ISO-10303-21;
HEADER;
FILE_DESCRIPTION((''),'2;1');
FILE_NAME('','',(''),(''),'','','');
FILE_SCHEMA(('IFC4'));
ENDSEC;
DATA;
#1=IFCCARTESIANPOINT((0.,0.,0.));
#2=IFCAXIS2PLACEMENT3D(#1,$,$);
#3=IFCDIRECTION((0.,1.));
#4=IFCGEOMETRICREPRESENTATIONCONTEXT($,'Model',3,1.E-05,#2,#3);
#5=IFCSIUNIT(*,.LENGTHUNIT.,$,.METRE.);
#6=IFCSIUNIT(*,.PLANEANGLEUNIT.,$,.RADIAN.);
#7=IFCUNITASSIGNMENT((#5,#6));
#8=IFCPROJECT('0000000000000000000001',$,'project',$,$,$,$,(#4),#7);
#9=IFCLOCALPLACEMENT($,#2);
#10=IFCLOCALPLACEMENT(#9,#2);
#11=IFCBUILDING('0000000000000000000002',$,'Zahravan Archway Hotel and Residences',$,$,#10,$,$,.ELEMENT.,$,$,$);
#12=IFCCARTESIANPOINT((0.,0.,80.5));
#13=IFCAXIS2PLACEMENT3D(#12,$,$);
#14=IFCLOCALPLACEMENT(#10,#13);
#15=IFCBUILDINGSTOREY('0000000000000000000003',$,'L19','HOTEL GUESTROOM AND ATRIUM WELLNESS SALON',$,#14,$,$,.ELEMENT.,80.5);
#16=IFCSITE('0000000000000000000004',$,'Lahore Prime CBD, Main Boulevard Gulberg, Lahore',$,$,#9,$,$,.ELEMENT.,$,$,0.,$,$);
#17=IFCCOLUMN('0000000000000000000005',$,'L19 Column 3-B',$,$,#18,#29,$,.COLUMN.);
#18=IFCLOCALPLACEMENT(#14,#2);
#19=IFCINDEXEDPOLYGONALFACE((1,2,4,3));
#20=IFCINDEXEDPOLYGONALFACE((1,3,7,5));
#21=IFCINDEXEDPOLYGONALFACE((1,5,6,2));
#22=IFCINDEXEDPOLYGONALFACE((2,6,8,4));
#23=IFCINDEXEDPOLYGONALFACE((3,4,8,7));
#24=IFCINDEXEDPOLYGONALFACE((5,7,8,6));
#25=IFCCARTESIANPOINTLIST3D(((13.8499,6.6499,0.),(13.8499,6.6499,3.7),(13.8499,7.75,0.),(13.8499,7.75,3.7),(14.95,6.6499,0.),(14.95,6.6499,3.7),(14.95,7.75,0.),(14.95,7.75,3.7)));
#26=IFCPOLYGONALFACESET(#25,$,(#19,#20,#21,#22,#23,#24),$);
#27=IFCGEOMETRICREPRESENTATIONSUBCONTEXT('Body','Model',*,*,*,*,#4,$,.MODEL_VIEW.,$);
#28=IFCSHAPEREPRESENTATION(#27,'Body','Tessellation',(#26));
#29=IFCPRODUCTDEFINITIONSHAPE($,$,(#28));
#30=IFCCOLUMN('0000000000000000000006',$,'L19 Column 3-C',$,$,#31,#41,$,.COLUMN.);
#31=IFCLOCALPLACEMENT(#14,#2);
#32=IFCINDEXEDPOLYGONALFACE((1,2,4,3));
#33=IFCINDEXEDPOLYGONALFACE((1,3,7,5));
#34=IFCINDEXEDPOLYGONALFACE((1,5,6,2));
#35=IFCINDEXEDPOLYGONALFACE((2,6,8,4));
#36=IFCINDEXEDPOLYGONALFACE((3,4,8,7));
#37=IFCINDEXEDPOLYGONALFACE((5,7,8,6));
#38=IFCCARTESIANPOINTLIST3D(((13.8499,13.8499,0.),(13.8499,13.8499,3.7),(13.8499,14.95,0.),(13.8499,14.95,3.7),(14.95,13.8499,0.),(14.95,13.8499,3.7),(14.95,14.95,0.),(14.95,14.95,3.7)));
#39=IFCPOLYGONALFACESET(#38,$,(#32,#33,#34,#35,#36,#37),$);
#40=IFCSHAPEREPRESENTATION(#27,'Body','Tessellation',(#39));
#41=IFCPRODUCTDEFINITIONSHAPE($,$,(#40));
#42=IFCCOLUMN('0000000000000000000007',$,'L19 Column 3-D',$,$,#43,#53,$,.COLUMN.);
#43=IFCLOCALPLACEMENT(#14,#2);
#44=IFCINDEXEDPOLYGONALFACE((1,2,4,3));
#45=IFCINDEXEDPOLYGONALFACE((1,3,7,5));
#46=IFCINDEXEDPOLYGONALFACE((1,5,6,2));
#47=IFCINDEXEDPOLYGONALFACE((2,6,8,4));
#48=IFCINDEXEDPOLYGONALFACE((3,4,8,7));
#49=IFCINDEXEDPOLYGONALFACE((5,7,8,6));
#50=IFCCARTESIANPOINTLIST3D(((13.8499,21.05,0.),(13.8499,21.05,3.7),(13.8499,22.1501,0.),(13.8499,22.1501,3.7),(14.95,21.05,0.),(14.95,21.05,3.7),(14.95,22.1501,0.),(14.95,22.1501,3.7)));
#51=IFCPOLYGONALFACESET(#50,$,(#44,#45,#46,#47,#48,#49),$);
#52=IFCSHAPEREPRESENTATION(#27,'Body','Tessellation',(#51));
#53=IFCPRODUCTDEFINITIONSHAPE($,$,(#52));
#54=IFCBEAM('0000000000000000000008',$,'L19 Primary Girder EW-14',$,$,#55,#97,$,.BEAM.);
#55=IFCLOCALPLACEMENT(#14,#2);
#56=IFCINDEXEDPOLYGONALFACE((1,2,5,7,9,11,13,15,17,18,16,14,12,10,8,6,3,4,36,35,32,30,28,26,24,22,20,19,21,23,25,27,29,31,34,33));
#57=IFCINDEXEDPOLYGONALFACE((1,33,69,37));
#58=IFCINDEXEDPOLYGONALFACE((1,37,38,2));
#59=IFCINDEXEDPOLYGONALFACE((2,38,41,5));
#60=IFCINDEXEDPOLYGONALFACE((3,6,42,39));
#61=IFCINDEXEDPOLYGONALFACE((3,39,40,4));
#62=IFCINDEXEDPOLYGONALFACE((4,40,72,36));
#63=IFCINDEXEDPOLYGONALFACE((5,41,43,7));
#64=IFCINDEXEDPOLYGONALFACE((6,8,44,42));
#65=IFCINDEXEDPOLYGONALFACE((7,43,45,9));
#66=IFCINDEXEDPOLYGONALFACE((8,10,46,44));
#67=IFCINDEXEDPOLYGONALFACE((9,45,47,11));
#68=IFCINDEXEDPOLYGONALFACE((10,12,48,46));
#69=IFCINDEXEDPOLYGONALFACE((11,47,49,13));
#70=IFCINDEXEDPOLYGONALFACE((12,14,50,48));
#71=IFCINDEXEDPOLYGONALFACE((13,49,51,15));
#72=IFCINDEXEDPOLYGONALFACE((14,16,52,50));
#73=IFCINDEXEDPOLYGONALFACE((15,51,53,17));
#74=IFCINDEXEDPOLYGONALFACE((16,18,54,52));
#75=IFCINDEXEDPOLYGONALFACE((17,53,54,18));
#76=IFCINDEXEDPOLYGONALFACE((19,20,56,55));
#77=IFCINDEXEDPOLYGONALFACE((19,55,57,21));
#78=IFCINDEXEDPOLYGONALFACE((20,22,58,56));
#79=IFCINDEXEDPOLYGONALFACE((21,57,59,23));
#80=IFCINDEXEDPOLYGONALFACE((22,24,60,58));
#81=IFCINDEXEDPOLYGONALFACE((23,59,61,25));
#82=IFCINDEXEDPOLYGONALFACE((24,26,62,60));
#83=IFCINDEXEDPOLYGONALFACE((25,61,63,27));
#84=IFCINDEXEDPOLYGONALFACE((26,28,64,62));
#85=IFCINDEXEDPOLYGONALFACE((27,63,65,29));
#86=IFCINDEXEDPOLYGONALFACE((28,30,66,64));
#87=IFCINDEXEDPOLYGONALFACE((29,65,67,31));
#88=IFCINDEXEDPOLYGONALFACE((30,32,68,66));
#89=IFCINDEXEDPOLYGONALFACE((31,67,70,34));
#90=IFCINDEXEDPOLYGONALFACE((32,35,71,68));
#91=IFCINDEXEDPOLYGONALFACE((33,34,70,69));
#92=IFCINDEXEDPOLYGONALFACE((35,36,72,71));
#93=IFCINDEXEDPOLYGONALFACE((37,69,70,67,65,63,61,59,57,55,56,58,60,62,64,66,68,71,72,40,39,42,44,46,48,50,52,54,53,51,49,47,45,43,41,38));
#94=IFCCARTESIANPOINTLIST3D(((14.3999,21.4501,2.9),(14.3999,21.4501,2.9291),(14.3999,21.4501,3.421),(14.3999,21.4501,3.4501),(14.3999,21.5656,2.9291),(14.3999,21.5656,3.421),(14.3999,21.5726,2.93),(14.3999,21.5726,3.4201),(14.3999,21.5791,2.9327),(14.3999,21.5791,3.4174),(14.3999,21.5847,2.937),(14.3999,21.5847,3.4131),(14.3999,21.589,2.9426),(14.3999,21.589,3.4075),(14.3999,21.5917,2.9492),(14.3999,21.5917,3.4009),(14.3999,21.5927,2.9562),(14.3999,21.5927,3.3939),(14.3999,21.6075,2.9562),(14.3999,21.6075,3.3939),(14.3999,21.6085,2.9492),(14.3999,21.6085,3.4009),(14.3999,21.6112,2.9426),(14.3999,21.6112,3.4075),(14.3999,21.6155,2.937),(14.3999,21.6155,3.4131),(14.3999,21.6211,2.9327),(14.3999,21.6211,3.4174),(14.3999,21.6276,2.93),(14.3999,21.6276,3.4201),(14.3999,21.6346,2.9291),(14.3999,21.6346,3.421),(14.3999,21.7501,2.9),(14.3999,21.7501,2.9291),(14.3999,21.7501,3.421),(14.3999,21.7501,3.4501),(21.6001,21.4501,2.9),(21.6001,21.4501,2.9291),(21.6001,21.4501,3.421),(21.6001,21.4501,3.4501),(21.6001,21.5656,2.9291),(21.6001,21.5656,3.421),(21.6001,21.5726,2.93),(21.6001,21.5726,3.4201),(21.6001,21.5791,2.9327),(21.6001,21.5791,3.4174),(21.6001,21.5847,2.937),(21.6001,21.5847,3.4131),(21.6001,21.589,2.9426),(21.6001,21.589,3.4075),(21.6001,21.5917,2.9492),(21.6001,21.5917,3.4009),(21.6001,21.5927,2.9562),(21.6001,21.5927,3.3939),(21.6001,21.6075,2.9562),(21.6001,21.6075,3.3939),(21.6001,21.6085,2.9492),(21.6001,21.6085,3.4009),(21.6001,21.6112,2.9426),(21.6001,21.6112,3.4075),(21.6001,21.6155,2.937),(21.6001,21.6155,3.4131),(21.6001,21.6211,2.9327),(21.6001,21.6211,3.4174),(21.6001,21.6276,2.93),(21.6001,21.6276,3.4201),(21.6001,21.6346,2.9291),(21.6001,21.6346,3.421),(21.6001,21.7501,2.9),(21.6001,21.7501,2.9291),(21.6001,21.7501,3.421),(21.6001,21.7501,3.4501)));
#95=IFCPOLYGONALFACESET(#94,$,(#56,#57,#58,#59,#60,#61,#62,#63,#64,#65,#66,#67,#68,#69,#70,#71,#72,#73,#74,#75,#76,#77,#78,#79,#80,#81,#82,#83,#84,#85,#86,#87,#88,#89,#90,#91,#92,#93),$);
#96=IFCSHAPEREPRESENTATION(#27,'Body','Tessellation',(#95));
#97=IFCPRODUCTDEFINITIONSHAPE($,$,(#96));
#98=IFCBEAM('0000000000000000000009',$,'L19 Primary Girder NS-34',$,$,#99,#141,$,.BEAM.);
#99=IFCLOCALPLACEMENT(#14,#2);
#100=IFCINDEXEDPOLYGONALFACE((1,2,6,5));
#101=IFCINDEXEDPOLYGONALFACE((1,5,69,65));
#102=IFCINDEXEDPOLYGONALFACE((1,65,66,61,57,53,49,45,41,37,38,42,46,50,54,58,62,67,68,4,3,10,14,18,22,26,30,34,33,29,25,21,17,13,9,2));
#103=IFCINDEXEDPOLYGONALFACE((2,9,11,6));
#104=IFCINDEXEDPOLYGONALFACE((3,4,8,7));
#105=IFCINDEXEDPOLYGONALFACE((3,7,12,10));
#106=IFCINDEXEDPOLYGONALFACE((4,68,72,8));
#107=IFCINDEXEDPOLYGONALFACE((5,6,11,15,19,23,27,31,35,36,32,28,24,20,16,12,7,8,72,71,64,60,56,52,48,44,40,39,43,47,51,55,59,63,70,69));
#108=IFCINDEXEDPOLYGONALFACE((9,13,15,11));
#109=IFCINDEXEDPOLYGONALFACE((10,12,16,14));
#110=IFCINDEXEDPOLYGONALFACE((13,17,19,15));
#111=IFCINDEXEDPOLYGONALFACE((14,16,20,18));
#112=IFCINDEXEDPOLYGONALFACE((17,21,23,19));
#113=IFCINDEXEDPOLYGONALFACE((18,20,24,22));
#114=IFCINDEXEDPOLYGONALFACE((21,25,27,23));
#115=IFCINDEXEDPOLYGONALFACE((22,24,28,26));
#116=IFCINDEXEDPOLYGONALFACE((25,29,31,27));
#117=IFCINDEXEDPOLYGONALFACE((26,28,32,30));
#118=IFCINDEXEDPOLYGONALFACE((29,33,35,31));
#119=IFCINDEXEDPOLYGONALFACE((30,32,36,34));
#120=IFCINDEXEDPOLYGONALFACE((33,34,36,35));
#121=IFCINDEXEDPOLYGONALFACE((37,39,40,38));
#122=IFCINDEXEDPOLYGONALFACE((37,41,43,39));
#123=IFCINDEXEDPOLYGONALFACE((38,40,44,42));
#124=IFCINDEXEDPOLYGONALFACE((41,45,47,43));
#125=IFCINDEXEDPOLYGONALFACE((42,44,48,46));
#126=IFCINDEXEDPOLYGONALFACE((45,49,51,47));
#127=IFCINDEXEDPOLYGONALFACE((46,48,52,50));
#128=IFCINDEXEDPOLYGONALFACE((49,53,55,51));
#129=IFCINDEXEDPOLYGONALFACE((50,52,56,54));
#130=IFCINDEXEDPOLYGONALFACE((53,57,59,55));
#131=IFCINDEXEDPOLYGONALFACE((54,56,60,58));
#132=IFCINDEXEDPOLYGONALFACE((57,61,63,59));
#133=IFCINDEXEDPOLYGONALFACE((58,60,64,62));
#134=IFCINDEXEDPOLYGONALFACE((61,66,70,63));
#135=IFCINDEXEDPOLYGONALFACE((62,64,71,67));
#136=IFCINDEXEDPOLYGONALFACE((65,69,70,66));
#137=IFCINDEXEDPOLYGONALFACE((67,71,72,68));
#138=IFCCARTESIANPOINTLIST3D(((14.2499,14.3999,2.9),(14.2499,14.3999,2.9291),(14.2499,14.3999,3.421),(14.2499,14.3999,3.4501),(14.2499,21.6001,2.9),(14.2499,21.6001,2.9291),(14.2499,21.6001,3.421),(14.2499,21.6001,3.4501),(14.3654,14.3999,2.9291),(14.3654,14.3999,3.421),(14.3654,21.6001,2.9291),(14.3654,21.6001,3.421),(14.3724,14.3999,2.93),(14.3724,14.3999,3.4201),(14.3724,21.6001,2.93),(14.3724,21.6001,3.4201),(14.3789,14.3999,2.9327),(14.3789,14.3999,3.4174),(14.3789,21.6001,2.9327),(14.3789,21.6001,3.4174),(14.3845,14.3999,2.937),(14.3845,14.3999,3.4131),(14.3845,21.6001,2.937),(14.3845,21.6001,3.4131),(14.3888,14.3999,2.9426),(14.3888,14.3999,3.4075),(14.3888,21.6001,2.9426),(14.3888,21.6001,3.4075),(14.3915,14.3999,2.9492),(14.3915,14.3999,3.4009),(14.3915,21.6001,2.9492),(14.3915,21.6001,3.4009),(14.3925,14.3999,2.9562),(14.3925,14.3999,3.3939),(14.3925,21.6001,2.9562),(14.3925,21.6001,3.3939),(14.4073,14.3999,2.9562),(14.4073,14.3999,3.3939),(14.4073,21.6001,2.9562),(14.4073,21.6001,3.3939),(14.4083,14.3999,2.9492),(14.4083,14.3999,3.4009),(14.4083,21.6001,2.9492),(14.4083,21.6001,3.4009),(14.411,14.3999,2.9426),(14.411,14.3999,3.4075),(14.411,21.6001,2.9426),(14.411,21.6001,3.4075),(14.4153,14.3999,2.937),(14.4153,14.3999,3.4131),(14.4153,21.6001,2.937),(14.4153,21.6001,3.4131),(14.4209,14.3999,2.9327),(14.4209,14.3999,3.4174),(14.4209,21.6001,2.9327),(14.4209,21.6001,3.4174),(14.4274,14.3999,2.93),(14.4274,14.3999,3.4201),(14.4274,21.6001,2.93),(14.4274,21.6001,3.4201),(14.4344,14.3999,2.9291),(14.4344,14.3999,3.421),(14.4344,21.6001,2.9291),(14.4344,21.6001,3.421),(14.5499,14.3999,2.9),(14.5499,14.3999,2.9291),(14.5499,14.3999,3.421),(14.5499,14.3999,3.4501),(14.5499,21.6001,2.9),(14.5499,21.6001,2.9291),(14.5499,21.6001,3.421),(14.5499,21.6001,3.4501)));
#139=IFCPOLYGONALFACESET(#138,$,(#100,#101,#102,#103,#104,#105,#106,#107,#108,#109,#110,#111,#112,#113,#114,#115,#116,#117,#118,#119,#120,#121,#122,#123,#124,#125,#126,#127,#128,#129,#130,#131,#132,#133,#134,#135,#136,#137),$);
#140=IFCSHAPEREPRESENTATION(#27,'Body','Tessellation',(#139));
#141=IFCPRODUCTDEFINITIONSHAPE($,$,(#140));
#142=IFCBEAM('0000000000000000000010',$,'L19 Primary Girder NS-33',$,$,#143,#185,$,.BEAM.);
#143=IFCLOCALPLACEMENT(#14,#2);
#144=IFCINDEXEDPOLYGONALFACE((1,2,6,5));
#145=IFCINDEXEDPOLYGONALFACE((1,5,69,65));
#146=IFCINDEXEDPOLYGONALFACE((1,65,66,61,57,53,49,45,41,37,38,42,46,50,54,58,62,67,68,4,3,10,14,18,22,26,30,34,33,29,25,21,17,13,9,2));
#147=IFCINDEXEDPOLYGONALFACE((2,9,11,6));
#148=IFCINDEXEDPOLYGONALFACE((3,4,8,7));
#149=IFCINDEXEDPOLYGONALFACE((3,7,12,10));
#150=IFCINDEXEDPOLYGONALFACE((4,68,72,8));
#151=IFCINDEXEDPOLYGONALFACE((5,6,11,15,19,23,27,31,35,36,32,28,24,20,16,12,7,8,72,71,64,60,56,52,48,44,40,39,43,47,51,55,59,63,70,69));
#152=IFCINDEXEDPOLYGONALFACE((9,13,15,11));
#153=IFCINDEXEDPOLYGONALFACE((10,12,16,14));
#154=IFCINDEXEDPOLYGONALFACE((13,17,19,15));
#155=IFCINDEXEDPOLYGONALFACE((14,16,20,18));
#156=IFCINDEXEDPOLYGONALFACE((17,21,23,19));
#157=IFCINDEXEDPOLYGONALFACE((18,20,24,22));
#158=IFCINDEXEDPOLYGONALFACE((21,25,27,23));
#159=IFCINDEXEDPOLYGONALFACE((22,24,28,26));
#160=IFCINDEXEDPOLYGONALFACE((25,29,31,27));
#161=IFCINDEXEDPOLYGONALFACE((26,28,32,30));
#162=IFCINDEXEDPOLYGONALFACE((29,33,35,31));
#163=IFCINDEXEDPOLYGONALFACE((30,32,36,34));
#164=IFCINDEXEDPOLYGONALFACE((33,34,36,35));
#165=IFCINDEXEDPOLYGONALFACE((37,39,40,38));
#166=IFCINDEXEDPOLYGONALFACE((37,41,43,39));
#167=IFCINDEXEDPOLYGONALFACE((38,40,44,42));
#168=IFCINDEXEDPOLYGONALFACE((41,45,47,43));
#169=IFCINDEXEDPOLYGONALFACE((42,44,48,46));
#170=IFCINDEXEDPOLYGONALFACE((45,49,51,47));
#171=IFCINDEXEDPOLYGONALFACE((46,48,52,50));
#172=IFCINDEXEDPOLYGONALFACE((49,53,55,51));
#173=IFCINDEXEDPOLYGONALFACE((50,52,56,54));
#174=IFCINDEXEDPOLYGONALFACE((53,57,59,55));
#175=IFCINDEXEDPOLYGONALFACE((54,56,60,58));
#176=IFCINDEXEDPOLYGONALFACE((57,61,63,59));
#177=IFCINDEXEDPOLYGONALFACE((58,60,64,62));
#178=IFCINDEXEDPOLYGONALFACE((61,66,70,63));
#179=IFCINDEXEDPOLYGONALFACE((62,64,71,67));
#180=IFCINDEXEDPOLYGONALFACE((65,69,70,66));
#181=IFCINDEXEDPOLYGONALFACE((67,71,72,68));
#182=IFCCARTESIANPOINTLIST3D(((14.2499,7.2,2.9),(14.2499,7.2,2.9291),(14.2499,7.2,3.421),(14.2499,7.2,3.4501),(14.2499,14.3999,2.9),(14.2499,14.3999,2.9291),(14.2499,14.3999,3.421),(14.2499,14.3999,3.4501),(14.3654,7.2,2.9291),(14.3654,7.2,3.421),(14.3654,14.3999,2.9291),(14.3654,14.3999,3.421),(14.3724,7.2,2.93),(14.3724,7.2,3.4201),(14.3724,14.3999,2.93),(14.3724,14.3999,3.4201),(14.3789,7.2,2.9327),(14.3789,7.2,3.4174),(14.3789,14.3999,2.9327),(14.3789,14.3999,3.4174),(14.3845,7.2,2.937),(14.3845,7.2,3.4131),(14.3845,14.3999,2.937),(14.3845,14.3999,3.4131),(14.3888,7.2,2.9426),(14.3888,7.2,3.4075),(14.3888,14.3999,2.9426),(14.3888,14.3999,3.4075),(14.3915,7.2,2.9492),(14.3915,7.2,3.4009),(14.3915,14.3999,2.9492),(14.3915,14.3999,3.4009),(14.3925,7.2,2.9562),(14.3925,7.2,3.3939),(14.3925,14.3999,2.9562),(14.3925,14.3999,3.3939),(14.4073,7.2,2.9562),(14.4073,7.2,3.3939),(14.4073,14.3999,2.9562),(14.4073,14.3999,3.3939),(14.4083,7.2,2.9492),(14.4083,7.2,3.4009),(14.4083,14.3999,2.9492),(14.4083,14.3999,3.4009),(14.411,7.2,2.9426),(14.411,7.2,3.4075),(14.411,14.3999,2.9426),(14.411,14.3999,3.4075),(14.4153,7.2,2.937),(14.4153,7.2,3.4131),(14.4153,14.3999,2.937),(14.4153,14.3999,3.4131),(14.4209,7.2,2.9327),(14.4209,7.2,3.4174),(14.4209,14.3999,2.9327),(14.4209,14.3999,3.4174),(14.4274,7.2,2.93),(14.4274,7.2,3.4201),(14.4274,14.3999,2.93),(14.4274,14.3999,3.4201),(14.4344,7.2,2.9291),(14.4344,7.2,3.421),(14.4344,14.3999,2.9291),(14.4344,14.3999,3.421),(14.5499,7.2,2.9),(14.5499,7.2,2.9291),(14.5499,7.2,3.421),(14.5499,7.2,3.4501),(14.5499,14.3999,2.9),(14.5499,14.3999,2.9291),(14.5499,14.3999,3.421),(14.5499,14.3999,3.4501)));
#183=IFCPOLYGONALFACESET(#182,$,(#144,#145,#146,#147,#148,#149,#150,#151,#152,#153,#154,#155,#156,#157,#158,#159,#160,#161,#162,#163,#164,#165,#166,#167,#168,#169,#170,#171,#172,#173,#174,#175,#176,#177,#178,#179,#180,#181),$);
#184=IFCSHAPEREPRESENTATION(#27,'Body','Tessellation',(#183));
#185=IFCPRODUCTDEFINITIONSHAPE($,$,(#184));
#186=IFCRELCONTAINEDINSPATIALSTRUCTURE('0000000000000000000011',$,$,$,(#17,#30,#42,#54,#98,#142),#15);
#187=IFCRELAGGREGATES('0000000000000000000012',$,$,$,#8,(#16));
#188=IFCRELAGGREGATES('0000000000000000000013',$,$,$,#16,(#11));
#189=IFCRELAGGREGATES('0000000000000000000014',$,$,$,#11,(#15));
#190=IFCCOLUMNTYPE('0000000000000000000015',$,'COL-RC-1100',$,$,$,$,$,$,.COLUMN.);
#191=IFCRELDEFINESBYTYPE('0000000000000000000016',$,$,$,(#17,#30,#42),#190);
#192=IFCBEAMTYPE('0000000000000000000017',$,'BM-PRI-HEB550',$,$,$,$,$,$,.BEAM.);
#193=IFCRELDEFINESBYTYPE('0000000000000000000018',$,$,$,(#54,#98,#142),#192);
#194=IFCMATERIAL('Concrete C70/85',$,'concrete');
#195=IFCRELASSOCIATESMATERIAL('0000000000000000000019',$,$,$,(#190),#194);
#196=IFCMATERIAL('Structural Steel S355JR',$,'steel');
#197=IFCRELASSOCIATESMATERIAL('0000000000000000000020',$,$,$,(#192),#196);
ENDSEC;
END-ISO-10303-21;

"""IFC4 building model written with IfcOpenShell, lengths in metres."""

from ifc_helpers import new_model, si_unit, direction, frame, origin, origin_2d, place, context, subcontext, project, spatial, rectangle, i_section, extrude, source, transform, mapped, material, material_profile, profile_set, type_object, type_shapes, element, save


model = new_model("IFC4")

# Units and contexts
model_context = context("Model", 3, precision=1e-05, world=origin(), true_north=direction((0.0, 1.0)))
body_context = subcontext(model_context, "Body", "Model", "MODEL_VIEW")
ifc_project = project(units=[si_unit("LENGTHUNIT", "METRE"), si_unit("PLANEANGLEUNIT", "RADIAN")], contexts=[model_context])

# Site, building, storey
site_placement = place(None, origin())
site = spatial("IfcSite", under=ifc_project, at=site_placement, Name="Lahore Prime CBD, Main Boulevard Gulberg, Lahore", CompositionType="ELEMENT", RefElevation=0.0)
building_placement = place(site_placement, origin())
building = spatial("IfcBuilding", under=site, at=building_placement, Name="Zahravan Archway Hotel and Residences", CompositionType="ELEMENT")
storey_placement = place(building_placement, frame((0.0, 0.0, 80.5)))
storey = spatial("IfcBuildingStorey", under=building, at=storey_placement, Name="L19", Description="HOTEL GUESTROOM AND ATRIUM WELLNESS SALON", CompositionType="ELEMENT", Elevation=80.5)

# Columns
ifc_material_1 = material(Name="Concrete C70/85", Category="concrete")
ifc_material_profile_1 = material_profile(ifc_material_1, rectangle(XDim=1.1001, YDim=1.1001, at=origin_2d()), Name="RC 1100x1100", Category="concrete")
ifc_profile_set_1 = profile_set([ifc_material_profile_1], Name="Concrete C70/85")
column_type = type_object("IfcColumnType", Name="COL-RC-1100", PredefinedType="COLUMN", material=ifc_profile_set_1)
shared_shape_1 = source(origin(), body_context, "Body", "SweptSolid", [
    extrude(rectangle(XDim=1.1001, YDim=1.1001, at=origin_2d()), origin(), (0.0, 0.0, 1.0), 3.7),
])
for number, where, z_axis, x_axis, name in (
    (1, (14.3999, 7.2, 0.0), (0.0, 0.0, 1.0), (1.0, 0.0, 0.0), "L19 Column 3-B"),
    (2, (14.3999, 14.3999, 0.0), (0.0, 0.0, 1.0), (1.0, 0.0, 0.0), "L19 Column 3-C"),
    (3, (14.3999, 21.6001, 0.0), (0.0, 0.0, 1.0), (1.0, 0.0, 0.0), "L19 Column 3-D"),
):
    element("IfcColumn", number, at=place(storey_placement, frame(where, z_axis=z_axis, x_axis=x_axis)), inside=storey, type_object=column_type, Name=name, PredefinedType="COLUMN", context=body_context, shape_type="MappedRepresentation", body=[
        mapped(shared_shape_1, transform((0.0, 0.0, 0.0), scale=1.0)),
    ])

# Beams
ifc_material_2 = material(Name="Structural Steel S355JR", Category="steel")
ifc_material_profile_2 = material_profile(ifc_material_2, i_section(OverallWidth=0.3, OverallDepth=0.55, WebThickness=0.0149, FlangeThickness=0.0291, FilletRadius=0.0271, at=origin_2d()), Name="HEB 550", Category="steel")
ifc_profile_set_2 = profile_set([ifc_material_profile_2], Name="Structural Steel S355JR")
beam_type = type_object("IfcBeamType", Name="BM-PRI-HEB550", PredefinedType="BEAM", material=ifc_profile_set_2)
shared_shape_2 = source(origin(), body_context, "Body", "SweptSolid", [
    extrude(i_section(OverallWidth=0.3, OverallDepth=0.55, WebThickness=0.0149, FlangeThickness=0.0291, FilletRadius=0.0271, at=origin_2d()), origin(), (0.0, 0.0, 1.0), 7.2002),
])
type_shapes(beam_type, [shared_shape_2])
for number, where, z_axis, x_axis, name in (
    (4, (14.3999, 21.6001, 3.175), (1.0, 0.0, 0.0), (0.0, 1.0, 0.0), "L19 Primary Girder EW-14"),
    (5, (14.3999, 14.3999, 3.175), (0.0, 1.0, 0.0), (-1.0, 0.0, 0.0), "L19 Primary Girder NS-34"),
):
    element("IfcBeam", number, at=place(storey_placement, frame(where, z_axis=z_axis, x_axis=x_axis)), inside=storey, type_object=beam_type, Name=name, PredefinedType="BEAM", context=body_context, shape_type="MappedRepresentation", body=[
        mapped(shared_shape_2, transform((0.0, 0.0, 0.0), scale=1.0)),
    ])
shared_shape_3 = source(origin(), body_context, "Body", "SweptSolid", [
    extrude(i_section(OverallWidth=0.3, OverallDepth=0.55, WebThickness=0.0149, FlangeThickness=0.0291, FilletRadius=0.0271, at=origin_2d()), origin(), (0.0, 0.0, 1.0), 7.2),
])
beam_1_placement = place(storey_placement, frame((14.3999, 7.2, 3.175), z_axis=(0.0, 1.0, 0.0), x_axis=(-1.0, 0.0, 0.0)))
element("IfcBeam", 6, at=beam_1_placement, inside=storey, type_object=beam_type, Name="L19 Primary Girder NS-33", PredefinedType="BEAM", context=body_context, shape_type="MappedRepresentation", body=[
    mapped(shared_shape_3, transform((0.0, 0.0, 0.0), scale=1.0)),
])

save(model, "model.ifc")
